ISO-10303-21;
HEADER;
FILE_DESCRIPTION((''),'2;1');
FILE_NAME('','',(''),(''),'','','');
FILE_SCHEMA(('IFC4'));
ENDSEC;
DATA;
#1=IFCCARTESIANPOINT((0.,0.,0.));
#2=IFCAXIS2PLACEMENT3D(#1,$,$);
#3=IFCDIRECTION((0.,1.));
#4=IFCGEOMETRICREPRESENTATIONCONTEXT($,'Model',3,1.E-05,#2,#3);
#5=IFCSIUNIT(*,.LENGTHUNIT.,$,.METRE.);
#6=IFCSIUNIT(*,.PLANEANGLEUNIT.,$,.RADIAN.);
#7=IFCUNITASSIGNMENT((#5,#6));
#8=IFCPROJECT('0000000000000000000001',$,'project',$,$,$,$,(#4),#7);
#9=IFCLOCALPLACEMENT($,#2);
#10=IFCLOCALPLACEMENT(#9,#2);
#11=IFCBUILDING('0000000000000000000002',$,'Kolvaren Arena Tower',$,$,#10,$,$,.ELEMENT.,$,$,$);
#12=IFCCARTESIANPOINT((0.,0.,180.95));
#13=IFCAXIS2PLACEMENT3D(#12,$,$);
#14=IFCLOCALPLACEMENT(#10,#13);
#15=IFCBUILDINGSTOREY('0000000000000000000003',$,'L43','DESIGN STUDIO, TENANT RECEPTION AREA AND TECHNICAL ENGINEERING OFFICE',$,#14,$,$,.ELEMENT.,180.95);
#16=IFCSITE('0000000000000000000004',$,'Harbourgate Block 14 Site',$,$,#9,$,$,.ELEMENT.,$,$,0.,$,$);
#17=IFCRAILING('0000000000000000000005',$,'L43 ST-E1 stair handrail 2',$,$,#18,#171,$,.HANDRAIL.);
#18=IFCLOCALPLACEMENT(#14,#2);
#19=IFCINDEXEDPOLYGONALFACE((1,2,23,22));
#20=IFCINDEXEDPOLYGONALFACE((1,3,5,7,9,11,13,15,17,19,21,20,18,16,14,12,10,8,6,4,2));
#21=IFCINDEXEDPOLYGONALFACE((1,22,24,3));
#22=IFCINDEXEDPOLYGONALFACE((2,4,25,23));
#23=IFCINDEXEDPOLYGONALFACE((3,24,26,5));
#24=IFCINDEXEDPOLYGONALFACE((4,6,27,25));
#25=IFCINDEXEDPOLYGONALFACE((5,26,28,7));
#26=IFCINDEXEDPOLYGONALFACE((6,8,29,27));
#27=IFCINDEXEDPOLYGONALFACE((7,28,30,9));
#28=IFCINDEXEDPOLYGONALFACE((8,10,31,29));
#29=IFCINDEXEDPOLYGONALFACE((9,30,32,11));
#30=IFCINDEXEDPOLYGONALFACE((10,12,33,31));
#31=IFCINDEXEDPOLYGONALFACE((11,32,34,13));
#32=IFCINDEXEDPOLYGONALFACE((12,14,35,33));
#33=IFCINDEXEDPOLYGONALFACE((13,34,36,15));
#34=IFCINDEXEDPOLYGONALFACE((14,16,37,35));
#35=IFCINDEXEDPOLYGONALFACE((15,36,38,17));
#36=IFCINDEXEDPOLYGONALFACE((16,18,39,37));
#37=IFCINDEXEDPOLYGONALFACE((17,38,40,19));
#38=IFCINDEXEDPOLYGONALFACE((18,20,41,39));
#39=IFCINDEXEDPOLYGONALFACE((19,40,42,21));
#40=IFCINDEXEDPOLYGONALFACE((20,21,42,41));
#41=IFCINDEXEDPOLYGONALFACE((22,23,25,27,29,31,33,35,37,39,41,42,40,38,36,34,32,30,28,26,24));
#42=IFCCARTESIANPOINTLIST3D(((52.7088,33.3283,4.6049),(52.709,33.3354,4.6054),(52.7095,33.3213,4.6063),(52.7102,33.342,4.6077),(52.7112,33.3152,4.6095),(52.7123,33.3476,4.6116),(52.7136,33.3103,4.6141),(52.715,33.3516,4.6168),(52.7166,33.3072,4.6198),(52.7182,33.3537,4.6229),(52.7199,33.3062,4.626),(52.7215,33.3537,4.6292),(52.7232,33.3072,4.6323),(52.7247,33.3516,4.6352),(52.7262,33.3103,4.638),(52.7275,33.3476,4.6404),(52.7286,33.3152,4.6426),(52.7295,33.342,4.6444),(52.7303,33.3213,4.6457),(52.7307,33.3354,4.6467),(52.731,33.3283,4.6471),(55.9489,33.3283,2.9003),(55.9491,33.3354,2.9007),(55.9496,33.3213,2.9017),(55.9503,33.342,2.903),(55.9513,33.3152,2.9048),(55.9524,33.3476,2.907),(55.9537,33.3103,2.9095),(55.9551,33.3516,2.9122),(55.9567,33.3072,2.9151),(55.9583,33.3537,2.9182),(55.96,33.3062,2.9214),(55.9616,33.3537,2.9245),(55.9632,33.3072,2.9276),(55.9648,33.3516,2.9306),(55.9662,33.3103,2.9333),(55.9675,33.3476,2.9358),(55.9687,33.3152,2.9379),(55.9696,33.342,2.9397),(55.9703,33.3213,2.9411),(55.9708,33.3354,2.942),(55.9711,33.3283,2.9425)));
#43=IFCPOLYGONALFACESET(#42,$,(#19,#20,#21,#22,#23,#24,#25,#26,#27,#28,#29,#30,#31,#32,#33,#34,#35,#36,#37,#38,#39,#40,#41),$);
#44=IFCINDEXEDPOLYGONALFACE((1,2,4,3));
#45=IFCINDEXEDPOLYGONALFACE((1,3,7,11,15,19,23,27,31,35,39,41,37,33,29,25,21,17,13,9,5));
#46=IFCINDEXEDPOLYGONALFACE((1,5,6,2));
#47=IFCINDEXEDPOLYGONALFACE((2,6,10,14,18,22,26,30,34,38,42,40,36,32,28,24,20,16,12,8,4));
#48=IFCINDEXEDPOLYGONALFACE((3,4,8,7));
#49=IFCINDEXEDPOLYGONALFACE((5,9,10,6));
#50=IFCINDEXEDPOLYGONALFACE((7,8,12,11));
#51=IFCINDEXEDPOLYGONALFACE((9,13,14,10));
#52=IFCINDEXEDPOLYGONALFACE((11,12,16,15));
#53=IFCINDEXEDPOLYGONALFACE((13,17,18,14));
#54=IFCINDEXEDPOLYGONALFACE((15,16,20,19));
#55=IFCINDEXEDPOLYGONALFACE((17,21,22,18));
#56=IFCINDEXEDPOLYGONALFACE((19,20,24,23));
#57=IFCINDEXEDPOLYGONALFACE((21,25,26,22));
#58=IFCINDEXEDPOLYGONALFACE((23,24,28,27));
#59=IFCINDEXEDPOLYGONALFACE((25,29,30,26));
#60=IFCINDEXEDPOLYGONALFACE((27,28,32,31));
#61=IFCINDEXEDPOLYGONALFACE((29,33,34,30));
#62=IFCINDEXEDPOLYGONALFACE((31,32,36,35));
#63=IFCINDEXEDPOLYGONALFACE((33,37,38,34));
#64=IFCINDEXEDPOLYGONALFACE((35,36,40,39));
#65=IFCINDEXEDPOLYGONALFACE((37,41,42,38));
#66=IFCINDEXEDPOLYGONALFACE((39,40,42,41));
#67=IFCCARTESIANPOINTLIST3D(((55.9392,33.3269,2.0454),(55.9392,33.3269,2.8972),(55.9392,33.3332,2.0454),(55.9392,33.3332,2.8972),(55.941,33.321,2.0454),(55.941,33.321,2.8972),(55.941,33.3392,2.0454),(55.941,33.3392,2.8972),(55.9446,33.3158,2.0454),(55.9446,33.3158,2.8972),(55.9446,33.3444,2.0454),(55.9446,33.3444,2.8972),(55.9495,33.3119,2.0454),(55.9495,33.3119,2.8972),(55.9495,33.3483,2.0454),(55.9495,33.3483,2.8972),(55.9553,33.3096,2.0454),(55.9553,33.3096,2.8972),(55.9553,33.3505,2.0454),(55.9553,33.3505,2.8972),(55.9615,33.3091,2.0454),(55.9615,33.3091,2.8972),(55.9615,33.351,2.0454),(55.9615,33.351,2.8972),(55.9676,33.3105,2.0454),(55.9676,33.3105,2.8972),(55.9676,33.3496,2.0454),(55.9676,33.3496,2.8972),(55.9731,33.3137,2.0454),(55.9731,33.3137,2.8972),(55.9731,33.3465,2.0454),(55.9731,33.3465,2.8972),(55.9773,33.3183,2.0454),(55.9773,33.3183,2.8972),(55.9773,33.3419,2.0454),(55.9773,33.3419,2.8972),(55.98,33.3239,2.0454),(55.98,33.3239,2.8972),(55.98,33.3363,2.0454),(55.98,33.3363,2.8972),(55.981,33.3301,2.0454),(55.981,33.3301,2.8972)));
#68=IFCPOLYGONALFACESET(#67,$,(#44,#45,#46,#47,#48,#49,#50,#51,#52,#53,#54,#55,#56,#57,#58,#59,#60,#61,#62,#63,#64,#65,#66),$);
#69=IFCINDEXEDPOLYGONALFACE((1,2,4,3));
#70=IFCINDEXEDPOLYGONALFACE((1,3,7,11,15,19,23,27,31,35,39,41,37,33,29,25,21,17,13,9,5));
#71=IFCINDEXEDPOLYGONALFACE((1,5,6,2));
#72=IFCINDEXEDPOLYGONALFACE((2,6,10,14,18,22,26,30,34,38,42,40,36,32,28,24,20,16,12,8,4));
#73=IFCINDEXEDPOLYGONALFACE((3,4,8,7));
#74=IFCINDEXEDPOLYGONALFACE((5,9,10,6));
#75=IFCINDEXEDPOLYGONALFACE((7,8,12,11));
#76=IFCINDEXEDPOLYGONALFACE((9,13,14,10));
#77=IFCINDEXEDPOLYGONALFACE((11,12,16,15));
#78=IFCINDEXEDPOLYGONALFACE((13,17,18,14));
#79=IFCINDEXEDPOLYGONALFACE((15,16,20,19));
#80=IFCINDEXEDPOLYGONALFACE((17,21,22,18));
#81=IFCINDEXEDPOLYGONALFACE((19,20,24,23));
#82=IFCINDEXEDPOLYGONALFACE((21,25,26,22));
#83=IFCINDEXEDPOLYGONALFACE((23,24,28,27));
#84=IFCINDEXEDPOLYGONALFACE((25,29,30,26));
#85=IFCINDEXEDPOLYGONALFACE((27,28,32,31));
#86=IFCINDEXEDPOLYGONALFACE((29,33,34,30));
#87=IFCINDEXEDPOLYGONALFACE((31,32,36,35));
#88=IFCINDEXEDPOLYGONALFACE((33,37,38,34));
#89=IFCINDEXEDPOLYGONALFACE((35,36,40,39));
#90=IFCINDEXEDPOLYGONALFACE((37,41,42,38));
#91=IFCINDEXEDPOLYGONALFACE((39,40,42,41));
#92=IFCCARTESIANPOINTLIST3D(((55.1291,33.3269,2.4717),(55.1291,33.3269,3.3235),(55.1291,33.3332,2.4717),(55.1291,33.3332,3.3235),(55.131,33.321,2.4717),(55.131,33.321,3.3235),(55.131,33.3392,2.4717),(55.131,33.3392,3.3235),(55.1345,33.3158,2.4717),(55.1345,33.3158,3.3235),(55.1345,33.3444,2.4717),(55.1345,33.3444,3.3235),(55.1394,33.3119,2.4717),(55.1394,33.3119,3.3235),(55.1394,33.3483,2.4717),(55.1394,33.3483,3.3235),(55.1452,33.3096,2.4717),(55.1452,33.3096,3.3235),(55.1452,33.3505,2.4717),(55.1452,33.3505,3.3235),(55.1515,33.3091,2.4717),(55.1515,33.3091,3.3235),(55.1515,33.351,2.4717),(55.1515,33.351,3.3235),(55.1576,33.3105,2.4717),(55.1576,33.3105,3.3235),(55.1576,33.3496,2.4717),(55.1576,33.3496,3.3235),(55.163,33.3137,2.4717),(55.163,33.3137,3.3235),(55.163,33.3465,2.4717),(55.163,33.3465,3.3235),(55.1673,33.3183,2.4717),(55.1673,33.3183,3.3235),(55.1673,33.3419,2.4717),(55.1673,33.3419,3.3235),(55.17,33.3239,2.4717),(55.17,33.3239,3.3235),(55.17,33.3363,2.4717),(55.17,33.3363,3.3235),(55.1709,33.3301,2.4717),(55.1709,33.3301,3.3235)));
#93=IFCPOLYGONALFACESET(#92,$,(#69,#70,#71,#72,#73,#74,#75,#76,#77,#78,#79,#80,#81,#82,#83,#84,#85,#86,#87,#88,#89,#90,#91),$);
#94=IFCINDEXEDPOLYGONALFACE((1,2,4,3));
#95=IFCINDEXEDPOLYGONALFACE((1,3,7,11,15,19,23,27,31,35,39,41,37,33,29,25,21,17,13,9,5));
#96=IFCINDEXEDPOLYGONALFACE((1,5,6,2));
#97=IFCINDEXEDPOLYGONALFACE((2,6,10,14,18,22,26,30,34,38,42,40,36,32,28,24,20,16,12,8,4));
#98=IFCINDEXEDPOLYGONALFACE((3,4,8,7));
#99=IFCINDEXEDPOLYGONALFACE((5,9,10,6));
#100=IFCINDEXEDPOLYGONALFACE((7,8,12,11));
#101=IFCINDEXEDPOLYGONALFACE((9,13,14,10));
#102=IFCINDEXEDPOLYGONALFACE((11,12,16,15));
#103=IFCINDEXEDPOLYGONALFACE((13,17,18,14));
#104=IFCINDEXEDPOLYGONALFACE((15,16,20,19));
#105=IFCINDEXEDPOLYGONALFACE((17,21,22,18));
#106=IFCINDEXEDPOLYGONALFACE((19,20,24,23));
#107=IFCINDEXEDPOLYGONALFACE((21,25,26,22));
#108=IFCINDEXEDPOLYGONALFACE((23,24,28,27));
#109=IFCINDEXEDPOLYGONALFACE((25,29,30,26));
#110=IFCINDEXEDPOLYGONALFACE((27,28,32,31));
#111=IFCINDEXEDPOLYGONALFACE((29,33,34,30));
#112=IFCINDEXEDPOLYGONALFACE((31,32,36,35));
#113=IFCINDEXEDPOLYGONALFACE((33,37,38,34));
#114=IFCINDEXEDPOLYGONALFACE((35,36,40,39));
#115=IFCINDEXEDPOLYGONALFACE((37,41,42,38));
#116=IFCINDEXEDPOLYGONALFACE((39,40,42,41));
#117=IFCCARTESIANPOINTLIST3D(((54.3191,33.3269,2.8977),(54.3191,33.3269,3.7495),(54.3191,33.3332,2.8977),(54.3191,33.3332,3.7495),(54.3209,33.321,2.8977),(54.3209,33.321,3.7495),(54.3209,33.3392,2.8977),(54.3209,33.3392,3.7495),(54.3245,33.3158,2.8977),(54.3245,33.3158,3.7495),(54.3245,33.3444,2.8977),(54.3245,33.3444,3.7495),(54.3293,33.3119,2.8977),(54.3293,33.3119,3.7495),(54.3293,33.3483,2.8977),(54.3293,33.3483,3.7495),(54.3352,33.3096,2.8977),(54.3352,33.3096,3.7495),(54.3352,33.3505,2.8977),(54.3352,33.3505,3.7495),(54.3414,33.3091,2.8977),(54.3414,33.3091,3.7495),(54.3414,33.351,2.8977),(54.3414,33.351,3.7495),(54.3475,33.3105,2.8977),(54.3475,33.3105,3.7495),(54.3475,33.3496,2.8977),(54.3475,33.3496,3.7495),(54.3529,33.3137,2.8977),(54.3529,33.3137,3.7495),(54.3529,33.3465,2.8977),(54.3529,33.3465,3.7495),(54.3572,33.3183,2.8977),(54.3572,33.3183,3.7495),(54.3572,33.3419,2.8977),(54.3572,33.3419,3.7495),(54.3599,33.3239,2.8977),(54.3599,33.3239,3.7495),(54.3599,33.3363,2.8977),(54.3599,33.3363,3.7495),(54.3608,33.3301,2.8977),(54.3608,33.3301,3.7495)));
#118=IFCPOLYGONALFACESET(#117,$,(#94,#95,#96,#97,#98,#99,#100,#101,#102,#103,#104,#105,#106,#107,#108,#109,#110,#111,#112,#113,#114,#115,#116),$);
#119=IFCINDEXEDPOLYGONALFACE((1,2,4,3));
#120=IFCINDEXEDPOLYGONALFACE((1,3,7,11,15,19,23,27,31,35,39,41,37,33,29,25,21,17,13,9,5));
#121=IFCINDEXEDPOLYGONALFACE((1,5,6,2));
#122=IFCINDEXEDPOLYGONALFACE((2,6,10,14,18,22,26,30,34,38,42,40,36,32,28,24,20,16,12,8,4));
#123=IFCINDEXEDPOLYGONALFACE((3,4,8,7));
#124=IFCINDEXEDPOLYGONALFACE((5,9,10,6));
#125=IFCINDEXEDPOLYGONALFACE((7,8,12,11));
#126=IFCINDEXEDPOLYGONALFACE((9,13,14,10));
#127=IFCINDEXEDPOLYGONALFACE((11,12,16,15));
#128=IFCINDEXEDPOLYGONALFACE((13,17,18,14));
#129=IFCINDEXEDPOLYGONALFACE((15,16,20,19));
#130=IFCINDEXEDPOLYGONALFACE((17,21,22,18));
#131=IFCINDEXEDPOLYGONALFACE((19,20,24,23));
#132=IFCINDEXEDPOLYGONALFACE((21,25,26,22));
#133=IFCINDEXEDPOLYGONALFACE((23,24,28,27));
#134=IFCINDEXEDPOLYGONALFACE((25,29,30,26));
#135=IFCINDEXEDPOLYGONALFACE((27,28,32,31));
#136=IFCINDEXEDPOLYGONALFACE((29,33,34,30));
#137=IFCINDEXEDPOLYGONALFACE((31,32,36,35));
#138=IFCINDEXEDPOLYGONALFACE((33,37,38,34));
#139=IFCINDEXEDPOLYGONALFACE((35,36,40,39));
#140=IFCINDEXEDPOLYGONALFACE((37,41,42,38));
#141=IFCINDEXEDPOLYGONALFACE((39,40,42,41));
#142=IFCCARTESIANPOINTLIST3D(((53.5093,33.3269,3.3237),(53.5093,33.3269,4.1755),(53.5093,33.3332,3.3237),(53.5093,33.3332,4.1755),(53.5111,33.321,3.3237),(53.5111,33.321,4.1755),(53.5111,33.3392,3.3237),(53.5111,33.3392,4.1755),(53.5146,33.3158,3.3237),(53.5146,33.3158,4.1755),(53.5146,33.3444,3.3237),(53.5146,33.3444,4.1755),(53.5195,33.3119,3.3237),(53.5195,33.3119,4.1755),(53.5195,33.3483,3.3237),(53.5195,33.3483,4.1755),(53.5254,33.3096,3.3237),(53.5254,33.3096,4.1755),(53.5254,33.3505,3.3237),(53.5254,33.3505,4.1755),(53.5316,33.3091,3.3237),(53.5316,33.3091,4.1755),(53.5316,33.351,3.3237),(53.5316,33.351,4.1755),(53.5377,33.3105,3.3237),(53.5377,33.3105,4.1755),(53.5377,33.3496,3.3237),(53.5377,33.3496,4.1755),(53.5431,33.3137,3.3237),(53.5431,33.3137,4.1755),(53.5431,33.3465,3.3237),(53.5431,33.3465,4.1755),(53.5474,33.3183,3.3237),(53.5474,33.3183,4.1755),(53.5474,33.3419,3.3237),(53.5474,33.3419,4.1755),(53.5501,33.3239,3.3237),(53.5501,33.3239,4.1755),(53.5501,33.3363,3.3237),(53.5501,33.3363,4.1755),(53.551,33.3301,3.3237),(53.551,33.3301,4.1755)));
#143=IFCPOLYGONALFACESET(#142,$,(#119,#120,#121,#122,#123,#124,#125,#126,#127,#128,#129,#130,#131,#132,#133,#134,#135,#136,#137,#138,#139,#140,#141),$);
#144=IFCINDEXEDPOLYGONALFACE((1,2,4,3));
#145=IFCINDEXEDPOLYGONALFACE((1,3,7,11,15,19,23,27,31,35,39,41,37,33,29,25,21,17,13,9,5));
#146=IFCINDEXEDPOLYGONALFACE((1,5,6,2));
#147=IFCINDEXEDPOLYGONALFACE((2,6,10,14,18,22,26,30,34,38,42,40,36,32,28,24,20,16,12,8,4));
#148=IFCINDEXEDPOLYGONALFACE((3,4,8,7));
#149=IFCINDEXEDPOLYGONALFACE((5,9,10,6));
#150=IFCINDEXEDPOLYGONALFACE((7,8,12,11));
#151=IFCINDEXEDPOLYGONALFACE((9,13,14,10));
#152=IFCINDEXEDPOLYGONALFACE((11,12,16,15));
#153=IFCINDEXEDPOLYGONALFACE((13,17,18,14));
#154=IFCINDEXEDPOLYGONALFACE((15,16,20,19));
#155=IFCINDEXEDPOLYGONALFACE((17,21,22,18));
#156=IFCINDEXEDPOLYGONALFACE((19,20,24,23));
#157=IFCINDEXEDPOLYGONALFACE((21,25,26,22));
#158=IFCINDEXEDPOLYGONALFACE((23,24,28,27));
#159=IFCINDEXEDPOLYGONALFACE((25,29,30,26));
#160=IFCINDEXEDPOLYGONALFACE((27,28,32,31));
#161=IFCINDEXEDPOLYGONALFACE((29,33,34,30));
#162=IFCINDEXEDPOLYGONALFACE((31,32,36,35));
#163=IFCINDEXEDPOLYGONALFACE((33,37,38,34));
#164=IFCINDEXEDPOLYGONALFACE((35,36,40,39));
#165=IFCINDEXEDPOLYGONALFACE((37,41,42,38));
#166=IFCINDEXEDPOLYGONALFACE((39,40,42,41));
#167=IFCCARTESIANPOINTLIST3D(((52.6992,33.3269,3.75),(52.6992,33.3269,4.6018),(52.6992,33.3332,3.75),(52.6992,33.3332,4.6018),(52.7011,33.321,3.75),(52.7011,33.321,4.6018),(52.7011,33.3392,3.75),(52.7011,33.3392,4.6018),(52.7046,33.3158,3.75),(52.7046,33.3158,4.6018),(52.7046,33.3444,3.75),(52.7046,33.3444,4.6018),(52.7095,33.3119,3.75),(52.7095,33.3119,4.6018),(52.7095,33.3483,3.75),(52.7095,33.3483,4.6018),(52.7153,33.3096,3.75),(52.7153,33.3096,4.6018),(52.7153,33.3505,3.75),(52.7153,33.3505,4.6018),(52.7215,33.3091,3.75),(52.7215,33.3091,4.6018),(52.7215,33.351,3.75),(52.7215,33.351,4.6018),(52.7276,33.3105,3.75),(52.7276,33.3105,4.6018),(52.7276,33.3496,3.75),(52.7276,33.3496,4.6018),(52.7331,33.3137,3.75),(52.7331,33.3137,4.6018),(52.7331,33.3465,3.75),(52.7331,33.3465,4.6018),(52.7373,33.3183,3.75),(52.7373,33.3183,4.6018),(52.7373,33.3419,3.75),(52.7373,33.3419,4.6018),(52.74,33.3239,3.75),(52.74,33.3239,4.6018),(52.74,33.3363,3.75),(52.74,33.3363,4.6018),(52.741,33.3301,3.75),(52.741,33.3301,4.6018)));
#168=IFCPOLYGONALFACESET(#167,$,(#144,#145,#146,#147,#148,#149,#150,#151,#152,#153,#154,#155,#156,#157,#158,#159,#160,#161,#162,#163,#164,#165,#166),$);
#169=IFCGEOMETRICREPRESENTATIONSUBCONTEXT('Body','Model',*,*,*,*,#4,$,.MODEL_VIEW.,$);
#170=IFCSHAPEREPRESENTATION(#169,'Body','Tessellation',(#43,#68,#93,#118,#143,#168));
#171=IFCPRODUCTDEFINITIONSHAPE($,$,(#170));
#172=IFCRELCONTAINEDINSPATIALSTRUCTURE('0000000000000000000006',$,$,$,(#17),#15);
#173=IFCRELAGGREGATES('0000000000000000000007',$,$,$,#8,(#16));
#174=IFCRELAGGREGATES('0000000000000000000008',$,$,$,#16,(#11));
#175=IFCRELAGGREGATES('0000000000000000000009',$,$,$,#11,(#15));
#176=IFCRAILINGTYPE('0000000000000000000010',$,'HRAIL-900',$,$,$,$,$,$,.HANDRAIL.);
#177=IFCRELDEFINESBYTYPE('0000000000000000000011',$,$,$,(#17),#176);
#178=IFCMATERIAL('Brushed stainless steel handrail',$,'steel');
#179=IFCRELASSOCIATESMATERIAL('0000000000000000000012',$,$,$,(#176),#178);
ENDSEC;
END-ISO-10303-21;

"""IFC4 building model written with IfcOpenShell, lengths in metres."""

from ifc_helpers import new_model, si_unit, direction, frame, origin, origin_2d, place, context, subcontext, project, spatial, circle, extrude, material, type_object, element, save


model = new_model("IFC4")

# Units and contexts
model_context = context("Model", 3, precision=1e-05, world=origin(), true_north=direction((0.0, 1.0)))
body_context = subcontext(model_context, "Body", "Model", "MODEL_VIEW")
ifc_project = project(units=[si_unit("LENGTHUNIT", "METRE"), si_unit("PLANEANGLEUNIT", "RADIAN")], contexts=[model_context])

# Site, building, storey
site_placement = place(None, origin())
site = spatial("IfcSite", under=ifc_project, at=site_placement, Name="Harbourgate Block 14 Site", CompositionType="ELEMENT", RefElevation=0.0)
building_placement = place(site_placement, origin())
building = spatial("IfcBuilding", under=site, at=building_placement, Name="Kolvaren Arena Tower", CompositionType="ELEMENT")
storey_placement = place(building_placement, frame((0.0, 0.0, 180.95)))
storey = spatial("IfcBuildingStorey", under=building, at=storey_placement, Name="L43", Description="DESIGN STUDIO, TENANT RECEPTION AREA AND TECHNICAL ENGINEERING OFFICE", CompositionType="ELEMENT", Elevation=180.95)

# Railing
ifc_material_1 = material(Name="Brushed stainless steel handrail", Category="steel")
railing_type_1 = type_object("IfcRailingType", Name="HRAIL-900", PredefinedType="HANDRAIL", material=ifc_material_1)
railing_1_placement = place(storey_placement, frame((55.96, 33.3301, 2.0454)))
element("IfcRailing", 1, at=railing_1_placement, inside=storey, type_object=railing_type_1, Name="L43 ST-E1 stair handrail 2", PredefinedType="HANDRAIL", context=body_context, shape_type="SweptSolid", body=[
    extrude(circle(Radius=0.0239, at=origin_2d()), frame((0.0, 0.0, 0.876), z_axis=(-0.884993, 0.0, 0.465604), x_axis=(0.0, -1.0, 0.0)), (0.0, 0.0, 1.0), 3.6611),
    extrude(circle(Radius=0.021, at=origin_2d()), origin(), (0.0, 0.0, 1.0), 0.8518),
    extrude(circle(Radius=0.021, at=origin_2d()), frame((-0.8101, 0.0, 0.4263)), (0.0, 0.0, 1.0), 0.8518),
    extrude(circle(Radius=0.021, at=origin_2d()), frame((-1.6201, 0.0, 0.8523)), (0.0, 0.0, 1.0), 0.8518),
    extrude(circle(Radius=0.021, at=origin_2d()), frame((-2.4299, 0.0, 1.2783)), (0.0, 0.0, 1.0), 0.8518),
    extrude(circle(Radius=0.021, at=origin_2d()), frame((-3.24, 0.0, 1.7046)), (0.0, 0.0, 1.0), 0.8518),
])

save(model, "model.ifc")
